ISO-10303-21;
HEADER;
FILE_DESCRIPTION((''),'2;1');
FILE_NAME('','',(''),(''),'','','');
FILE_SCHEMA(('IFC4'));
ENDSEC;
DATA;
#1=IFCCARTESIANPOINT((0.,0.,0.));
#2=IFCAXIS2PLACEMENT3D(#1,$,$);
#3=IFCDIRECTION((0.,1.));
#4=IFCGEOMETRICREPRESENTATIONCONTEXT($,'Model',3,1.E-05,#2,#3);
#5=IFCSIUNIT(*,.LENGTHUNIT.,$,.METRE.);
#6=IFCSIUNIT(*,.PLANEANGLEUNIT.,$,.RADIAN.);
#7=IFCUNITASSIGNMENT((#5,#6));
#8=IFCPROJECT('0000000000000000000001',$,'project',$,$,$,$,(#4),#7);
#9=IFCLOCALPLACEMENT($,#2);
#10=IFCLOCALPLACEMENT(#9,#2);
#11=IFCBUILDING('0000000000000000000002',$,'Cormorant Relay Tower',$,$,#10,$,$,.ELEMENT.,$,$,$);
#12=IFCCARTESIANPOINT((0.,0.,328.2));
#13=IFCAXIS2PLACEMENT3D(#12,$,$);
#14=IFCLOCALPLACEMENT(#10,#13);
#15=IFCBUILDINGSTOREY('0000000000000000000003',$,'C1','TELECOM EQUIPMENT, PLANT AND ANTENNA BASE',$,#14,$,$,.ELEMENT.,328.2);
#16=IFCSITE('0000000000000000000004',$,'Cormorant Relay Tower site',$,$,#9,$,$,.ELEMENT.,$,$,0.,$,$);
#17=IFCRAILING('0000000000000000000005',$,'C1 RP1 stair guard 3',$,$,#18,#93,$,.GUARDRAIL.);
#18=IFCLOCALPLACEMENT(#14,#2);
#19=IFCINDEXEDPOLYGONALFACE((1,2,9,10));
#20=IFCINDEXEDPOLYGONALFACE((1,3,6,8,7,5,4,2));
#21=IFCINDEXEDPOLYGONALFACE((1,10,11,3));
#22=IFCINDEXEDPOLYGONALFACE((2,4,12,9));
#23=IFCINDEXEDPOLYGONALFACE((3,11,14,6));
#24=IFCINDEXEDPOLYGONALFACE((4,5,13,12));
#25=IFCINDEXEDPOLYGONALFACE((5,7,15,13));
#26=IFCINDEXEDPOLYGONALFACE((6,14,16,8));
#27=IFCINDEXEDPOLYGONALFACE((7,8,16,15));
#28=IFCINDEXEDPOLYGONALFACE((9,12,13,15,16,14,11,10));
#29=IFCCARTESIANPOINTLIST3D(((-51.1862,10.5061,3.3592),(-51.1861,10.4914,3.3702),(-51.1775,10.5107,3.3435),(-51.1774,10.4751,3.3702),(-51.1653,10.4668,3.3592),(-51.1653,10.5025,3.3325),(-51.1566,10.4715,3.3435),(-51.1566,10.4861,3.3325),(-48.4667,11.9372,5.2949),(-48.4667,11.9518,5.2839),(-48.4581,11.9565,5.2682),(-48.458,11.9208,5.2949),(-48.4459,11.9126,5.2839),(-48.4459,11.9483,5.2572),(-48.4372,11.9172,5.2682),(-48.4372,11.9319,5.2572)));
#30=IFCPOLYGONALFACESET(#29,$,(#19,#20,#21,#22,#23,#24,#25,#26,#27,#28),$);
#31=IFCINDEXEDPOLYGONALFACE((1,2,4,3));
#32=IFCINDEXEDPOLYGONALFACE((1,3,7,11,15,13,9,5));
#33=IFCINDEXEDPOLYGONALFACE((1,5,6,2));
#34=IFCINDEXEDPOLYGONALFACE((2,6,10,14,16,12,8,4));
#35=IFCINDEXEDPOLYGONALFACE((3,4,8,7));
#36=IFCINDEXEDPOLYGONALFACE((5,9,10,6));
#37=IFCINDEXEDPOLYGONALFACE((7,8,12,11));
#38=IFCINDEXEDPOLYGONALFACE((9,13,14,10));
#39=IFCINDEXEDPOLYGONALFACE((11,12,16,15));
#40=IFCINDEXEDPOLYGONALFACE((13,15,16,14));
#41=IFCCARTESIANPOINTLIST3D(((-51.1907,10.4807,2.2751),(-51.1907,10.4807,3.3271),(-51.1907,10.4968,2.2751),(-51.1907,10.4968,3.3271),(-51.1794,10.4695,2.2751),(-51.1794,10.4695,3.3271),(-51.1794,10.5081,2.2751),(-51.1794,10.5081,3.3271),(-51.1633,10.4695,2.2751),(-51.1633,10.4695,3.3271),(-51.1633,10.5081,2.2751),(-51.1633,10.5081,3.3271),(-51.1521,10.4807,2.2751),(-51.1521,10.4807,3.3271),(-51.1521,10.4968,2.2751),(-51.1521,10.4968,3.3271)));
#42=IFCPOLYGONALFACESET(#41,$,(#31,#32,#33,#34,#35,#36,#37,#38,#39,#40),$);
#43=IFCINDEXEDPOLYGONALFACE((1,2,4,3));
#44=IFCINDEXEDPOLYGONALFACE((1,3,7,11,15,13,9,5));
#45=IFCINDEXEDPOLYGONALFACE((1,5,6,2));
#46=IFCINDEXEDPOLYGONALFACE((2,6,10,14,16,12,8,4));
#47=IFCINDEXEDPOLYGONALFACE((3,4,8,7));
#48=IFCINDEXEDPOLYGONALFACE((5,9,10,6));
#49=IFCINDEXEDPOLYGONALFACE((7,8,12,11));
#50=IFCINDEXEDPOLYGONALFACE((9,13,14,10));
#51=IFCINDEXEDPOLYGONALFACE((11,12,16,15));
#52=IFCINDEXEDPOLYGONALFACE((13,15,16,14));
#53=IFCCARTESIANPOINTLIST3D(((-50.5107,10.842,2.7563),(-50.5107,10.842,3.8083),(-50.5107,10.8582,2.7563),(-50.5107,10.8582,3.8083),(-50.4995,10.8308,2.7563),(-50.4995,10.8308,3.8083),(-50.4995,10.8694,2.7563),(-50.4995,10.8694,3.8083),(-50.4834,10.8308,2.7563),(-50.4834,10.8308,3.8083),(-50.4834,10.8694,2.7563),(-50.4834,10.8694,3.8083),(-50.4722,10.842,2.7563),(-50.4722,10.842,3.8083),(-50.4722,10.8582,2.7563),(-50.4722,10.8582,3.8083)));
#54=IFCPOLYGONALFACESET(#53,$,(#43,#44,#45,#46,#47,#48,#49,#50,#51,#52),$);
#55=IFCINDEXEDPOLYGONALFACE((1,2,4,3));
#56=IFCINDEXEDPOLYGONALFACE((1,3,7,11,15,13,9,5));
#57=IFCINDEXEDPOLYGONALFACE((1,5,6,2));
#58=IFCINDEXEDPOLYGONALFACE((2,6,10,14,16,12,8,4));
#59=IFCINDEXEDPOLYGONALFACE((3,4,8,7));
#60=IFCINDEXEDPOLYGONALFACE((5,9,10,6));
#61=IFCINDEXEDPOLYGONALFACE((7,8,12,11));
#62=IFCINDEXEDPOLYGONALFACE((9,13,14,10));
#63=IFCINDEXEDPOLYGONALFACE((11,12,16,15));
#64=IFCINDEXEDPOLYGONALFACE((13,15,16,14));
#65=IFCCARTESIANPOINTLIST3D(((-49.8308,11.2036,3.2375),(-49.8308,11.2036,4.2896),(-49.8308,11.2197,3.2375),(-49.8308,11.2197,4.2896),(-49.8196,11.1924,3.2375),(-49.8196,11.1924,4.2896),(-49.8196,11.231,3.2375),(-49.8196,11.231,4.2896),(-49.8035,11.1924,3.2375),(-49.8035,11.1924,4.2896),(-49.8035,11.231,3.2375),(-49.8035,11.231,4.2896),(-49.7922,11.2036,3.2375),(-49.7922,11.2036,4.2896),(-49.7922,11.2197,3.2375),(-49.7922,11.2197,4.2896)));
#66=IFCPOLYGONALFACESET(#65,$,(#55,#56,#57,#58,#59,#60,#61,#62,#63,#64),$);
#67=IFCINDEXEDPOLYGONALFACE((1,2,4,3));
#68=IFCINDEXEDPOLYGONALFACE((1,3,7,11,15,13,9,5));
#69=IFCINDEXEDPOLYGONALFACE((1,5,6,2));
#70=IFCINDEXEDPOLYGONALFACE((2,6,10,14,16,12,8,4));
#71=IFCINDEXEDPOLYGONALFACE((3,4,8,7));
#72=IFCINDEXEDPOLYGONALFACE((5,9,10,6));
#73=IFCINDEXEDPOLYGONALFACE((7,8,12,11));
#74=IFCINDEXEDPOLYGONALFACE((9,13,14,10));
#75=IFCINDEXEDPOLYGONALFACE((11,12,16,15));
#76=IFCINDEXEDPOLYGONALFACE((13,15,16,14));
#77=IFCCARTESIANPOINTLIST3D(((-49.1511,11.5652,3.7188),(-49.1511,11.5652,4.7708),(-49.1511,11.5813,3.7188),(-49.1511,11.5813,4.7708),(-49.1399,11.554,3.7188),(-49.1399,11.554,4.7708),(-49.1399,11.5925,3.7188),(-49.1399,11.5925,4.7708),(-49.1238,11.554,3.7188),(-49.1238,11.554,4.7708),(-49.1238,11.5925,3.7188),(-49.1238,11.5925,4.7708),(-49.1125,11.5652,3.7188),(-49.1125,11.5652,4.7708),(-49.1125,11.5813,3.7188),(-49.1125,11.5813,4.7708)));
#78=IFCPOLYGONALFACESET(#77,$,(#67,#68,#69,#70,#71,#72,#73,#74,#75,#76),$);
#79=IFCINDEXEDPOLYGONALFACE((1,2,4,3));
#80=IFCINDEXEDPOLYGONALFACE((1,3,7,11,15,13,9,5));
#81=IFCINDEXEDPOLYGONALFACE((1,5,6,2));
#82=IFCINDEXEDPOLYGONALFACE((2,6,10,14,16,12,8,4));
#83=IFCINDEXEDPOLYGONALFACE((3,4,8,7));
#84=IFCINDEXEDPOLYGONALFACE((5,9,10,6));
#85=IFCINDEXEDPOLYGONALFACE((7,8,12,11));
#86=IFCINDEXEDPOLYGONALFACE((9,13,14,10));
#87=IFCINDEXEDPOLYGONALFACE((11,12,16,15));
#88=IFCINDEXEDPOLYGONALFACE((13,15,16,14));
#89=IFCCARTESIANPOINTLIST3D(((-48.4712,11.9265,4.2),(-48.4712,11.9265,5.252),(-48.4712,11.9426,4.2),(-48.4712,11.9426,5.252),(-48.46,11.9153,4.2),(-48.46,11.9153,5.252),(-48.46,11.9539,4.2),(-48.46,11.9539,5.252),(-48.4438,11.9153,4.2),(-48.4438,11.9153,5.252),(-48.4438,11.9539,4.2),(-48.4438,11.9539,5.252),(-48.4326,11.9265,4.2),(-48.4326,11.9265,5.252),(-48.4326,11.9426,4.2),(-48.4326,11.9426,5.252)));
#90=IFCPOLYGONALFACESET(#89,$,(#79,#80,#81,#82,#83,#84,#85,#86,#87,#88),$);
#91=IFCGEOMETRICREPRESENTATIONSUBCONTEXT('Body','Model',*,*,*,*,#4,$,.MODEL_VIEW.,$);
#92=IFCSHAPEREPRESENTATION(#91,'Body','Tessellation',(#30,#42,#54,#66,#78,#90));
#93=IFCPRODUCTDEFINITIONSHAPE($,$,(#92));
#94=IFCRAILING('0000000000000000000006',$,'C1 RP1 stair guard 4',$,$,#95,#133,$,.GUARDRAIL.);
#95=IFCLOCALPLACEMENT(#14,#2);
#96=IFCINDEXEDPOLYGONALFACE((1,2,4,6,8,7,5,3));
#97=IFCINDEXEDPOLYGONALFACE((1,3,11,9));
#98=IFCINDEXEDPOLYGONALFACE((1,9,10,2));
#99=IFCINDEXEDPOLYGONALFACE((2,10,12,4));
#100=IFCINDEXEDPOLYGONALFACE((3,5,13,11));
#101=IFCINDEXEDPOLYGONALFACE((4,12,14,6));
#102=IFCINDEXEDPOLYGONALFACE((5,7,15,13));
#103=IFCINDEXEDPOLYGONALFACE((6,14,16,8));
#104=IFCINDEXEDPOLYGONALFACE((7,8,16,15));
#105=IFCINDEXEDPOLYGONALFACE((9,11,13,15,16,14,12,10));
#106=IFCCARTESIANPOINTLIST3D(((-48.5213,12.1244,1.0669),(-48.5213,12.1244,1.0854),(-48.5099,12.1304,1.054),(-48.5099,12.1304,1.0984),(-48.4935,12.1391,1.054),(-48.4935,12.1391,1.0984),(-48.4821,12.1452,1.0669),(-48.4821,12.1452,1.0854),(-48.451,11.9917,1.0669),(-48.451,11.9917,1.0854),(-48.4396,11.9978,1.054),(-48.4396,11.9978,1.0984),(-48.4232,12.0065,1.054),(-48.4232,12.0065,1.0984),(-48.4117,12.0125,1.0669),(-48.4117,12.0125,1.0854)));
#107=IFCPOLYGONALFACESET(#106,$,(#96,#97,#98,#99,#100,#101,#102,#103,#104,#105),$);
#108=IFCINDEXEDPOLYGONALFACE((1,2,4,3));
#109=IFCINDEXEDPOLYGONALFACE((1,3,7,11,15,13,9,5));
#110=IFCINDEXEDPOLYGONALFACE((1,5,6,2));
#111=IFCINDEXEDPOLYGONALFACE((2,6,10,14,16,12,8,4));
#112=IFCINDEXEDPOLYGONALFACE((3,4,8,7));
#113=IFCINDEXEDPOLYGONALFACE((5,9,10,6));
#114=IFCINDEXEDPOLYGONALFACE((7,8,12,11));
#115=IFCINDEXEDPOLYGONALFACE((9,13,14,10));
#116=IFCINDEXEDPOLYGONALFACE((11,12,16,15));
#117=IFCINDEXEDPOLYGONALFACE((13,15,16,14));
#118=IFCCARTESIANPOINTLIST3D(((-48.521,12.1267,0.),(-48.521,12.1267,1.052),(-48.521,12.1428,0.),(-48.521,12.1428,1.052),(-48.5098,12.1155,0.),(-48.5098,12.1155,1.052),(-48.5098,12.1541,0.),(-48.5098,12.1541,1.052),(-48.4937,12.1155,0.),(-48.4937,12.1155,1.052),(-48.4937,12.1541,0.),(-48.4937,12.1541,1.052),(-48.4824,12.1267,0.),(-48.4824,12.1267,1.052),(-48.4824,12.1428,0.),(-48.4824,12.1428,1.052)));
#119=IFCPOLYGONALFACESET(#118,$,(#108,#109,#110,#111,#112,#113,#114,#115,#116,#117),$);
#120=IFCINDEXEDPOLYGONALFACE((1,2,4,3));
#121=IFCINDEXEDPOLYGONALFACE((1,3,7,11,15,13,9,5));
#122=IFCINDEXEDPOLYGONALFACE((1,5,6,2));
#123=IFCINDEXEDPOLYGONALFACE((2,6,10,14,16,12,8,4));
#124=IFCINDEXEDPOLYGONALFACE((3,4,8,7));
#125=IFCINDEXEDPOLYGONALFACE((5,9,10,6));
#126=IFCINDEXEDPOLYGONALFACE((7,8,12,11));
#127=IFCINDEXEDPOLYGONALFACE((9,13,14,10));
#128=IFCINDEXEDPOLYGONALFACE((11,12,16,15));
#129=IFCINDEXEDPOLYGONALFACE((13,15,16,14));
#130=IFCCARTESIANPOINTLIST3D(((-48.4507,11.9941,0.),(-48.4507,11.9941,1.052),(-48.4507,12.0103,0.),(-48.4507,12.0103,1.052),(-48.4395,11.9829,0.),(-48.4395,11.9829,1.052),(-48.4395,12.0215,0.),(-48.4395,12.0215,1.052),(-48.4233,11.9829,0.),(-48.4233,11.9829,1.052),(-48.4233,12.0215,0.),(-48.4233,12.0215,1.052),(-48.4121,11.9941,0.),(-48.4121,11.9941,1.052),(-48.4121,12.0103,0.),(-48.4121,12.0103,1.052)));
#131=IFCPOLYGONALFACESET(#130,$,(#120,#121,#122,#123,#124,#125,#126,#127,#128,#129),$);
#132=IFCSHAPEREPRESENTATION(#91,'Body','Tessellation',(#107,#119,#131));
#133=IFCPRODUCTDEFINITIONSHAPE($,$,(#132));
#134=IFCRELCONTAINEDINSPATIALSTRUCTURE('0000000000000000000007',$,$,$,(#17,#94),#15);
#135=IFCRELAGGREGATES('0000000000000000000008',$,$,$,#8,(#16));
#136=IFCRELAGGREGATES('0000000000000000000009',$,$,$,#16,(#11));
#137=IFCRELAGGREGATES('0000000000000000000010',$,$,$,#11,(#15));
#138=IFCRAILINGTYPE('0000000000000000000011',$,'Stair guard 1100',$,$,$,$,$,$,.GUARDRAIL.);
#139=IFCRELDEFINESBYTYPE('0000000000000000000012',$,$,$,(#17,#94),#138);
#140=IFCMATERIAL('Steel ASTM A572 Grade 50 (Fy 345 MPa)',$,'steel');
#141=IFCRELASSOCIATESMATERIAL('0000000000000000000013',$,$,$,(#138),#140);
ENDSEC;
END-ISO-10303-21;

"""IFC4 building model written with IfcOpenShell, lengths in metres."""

from ifc_helpers import new_model, si_unit, direction, frame, origin, place, context, subcontext, project, spatial, polyline, outline, extrude, material, type_object, element, save


model = new_model("IFC4")

# Units and contexts
model_context = context("Model", 3, precision=1e-05, world=origin(), true_north=direction((0.0, 1.0)))
body_context = subcontext(model_context, "Body", "Model", "MODEL_VIEW")
ifc_project = project(units=[si_unit("LENGTHUNIT", "METRE"), si_unit("PLANEANGLEUNIT", "RADIAN")], contexts=[model_context])

# Site, building, storey
site_placement = place(None, origin())
site = spatial("IfcSite", under=ifc_project, at=site_placement, Name="Cormorant Relay Tower site", CompositionType="ELEMENT", RefElevation=0.0)
building_placement = place(site_placement, origin())
building = spatial("IfcBuilding", under=site, at=building_placement, Name="Cormorant Relay Tower", CompositionType="ELEMENT")
storey_placement = place(building_placement, frame((0.0, 0.0, 328.2)))
storey = spatial("IfcBuildingStorey", under=building, at=storey_placement, Name="C1", Description="TELECOM EQUIPMENT, PLANT AND ANTENNA BASE", CompositionType="ELEMENT", Elevation=328.2)

# Railings
ifc_material_1 = material(Name="Steel ASTM A572 Grade 50 (Fy 345 MPa)", Category="steel")
railing_type_1 = type_object("IfcRailingType", Name="Stair guard 1100", PredefinedType="GUARDRAIL", material=ifc_material_1)
railing_1_placement = place(storey_placement, frame((-51.1714, 10.4888, 2.2751)))
element("IfcRailing", 1, at=railing_1_placement, inside=storey, type_object=railing_type_1, Name="C1 RP1 stair guard 3", PredefinedType="GUARDRAIL", context=body_context, shape_type="SweptSolid", body=[
    extrude(outline(polyline([(0.0222, 0.0093), (0.0093, 0.0222), (-0.0093, 0.0222), (-0.0222, 0.0093), (-0.0222, -0.0093), (-0.0093, -0.0222), (0.0093, -0.0222), (0.0222, -0.0093), (0.0222, 0.0093)])), frame((0.0, 0.0, 1.0762), z_axis=(0.748774, 0.398082, 0.52997), x_axis=(-0.469428, 0.882971, 0.0)), (0.0, 0.0, 1.0), 3.6318),
    extrude(outline(polyline([(0.0193, 0.0081), (0.0081, 0.0193), (-0.0081, 0.0193), (-0.0193, 0.0081), (-0.0193, -0.0081), (-0.0081, -0.0193), (0.0081, -0.0193), (0.0193, -0.0081), (0.0193, 0.0081)])), origin(), (0.0, 0.0, 1.0), 1.052),
    extrude(outline(polyline([(0.0193, 0.0081), (0.0081, 0.0193), (-0.0081, 0.0193), (-0.0193, 0.0081), (-0.0193, -0.0081), (-0.0081, -0.0193), (0.0081, -0.0193), (0.0193, -0.0081), (0.0193, 0.0081)])), frame((0.6799, 0.3613, 0.4812)), (0.0, 0.0, 1.0), 1.052),
    extrude(outline(polyline([(0.0193, 0.0081), (0.0081, 0.0193), (-0.0081, 0.0193), (-0.0193, 0.0081), (-0.0193, -0.0081), (-0.0081, -0.0193), (0.0081, -0.0193), (0.0193, -0.0081), (0.0193, 0.0081)])), frame((1.3599, 0.7229, 0.9624)), (0.0, 0.0, 1.0), 1.052),
    extrude(outline(polyline([(0.0193, 0.0081), (0.0081, 0.0193), (-0.0081, 0.0193), (-0.0193, 0.0081), (-0.0193, -0.0081), (-0.0081, -0.0193), (0.0081, -0.0193), (0.0193, -0.0081), (0.0193, 0.0081)])), frame((2.0396, 1.0845, 1.4436)), (0.0, 0.0, 1.0), 1.052),
    extrude(outline(polyline([(0.0193, 0.0081), (0.0081, 0.0193), (-0.0081, 0.0193), (-0.0193, 0.0081), (-0.0193, -0.0081), (-0.0081, -0.0193), (0.0081, -0.0193), (0.0193, -0.0081), (0.0193, 0.0081)])), frame((2.7195, 1.4458, 1.9248)), (0.0, 0.0, 1.0), 1.052),
])
railing_2_placement = place(storey_placement, frame((-48.5017, 12.1348, 0.0)))
element("IfcRailing", 2, at=railing_2_placement, inside=storey, type_object=railing_type_1, Name="C1 RP1 stair guard 4", PredefinedType="GUARDRAIL", context=body_context, shape_type="SweptSolid", body=[
    extrude(outline(polyline([(0.0222, 0.0093), (0.0093, 0.0222), (-0.0093, 0.0222), (-0.0222, 0.0093), (-0.0222, -0.0093), (-0.0093, -0.0222), (0.0093, -0.0222), (0.0222, -0.0093), (0.0222, 0.0093)])), frame((0.0, 0.0, 1.0762), z_axis=(0.46856, -0.883431, 0.0), x_axis=(0.883431, 0.46856, 0.0)), (0.0, 0.0, 1.0), 0.1501),
    extrude(outline(polyline([(0.0193, 0.0081), (0.0081, 0.0193), (-0.0081, 0.0193), (-0.0193, 0.0081), (-0.0193, -0.0081), (-0.0081, -0.0193), (0.0081, -0.0193), (0.0193, -0.0081), (0.0193, 0.0081)])), origin(), (0.0, 0.0, 1.0), 1.052),
    extrude(outline(polyline([(0.0193, 0.0081), (0.0081, 0.0193), (-0.0081, 0.0193), (-0.0193, 0.0081), (-0.0193, -0.0081), (-0.0081, -0.0193), (0.0081, -0.0193), (0.0193, -0.0081), (0.0193, 0.0081)])), frame((0.0703, -0.1326, 0.0)), (0.0, 0.0, 1.0), 1.052),
])

save(model, "model.ifc")
